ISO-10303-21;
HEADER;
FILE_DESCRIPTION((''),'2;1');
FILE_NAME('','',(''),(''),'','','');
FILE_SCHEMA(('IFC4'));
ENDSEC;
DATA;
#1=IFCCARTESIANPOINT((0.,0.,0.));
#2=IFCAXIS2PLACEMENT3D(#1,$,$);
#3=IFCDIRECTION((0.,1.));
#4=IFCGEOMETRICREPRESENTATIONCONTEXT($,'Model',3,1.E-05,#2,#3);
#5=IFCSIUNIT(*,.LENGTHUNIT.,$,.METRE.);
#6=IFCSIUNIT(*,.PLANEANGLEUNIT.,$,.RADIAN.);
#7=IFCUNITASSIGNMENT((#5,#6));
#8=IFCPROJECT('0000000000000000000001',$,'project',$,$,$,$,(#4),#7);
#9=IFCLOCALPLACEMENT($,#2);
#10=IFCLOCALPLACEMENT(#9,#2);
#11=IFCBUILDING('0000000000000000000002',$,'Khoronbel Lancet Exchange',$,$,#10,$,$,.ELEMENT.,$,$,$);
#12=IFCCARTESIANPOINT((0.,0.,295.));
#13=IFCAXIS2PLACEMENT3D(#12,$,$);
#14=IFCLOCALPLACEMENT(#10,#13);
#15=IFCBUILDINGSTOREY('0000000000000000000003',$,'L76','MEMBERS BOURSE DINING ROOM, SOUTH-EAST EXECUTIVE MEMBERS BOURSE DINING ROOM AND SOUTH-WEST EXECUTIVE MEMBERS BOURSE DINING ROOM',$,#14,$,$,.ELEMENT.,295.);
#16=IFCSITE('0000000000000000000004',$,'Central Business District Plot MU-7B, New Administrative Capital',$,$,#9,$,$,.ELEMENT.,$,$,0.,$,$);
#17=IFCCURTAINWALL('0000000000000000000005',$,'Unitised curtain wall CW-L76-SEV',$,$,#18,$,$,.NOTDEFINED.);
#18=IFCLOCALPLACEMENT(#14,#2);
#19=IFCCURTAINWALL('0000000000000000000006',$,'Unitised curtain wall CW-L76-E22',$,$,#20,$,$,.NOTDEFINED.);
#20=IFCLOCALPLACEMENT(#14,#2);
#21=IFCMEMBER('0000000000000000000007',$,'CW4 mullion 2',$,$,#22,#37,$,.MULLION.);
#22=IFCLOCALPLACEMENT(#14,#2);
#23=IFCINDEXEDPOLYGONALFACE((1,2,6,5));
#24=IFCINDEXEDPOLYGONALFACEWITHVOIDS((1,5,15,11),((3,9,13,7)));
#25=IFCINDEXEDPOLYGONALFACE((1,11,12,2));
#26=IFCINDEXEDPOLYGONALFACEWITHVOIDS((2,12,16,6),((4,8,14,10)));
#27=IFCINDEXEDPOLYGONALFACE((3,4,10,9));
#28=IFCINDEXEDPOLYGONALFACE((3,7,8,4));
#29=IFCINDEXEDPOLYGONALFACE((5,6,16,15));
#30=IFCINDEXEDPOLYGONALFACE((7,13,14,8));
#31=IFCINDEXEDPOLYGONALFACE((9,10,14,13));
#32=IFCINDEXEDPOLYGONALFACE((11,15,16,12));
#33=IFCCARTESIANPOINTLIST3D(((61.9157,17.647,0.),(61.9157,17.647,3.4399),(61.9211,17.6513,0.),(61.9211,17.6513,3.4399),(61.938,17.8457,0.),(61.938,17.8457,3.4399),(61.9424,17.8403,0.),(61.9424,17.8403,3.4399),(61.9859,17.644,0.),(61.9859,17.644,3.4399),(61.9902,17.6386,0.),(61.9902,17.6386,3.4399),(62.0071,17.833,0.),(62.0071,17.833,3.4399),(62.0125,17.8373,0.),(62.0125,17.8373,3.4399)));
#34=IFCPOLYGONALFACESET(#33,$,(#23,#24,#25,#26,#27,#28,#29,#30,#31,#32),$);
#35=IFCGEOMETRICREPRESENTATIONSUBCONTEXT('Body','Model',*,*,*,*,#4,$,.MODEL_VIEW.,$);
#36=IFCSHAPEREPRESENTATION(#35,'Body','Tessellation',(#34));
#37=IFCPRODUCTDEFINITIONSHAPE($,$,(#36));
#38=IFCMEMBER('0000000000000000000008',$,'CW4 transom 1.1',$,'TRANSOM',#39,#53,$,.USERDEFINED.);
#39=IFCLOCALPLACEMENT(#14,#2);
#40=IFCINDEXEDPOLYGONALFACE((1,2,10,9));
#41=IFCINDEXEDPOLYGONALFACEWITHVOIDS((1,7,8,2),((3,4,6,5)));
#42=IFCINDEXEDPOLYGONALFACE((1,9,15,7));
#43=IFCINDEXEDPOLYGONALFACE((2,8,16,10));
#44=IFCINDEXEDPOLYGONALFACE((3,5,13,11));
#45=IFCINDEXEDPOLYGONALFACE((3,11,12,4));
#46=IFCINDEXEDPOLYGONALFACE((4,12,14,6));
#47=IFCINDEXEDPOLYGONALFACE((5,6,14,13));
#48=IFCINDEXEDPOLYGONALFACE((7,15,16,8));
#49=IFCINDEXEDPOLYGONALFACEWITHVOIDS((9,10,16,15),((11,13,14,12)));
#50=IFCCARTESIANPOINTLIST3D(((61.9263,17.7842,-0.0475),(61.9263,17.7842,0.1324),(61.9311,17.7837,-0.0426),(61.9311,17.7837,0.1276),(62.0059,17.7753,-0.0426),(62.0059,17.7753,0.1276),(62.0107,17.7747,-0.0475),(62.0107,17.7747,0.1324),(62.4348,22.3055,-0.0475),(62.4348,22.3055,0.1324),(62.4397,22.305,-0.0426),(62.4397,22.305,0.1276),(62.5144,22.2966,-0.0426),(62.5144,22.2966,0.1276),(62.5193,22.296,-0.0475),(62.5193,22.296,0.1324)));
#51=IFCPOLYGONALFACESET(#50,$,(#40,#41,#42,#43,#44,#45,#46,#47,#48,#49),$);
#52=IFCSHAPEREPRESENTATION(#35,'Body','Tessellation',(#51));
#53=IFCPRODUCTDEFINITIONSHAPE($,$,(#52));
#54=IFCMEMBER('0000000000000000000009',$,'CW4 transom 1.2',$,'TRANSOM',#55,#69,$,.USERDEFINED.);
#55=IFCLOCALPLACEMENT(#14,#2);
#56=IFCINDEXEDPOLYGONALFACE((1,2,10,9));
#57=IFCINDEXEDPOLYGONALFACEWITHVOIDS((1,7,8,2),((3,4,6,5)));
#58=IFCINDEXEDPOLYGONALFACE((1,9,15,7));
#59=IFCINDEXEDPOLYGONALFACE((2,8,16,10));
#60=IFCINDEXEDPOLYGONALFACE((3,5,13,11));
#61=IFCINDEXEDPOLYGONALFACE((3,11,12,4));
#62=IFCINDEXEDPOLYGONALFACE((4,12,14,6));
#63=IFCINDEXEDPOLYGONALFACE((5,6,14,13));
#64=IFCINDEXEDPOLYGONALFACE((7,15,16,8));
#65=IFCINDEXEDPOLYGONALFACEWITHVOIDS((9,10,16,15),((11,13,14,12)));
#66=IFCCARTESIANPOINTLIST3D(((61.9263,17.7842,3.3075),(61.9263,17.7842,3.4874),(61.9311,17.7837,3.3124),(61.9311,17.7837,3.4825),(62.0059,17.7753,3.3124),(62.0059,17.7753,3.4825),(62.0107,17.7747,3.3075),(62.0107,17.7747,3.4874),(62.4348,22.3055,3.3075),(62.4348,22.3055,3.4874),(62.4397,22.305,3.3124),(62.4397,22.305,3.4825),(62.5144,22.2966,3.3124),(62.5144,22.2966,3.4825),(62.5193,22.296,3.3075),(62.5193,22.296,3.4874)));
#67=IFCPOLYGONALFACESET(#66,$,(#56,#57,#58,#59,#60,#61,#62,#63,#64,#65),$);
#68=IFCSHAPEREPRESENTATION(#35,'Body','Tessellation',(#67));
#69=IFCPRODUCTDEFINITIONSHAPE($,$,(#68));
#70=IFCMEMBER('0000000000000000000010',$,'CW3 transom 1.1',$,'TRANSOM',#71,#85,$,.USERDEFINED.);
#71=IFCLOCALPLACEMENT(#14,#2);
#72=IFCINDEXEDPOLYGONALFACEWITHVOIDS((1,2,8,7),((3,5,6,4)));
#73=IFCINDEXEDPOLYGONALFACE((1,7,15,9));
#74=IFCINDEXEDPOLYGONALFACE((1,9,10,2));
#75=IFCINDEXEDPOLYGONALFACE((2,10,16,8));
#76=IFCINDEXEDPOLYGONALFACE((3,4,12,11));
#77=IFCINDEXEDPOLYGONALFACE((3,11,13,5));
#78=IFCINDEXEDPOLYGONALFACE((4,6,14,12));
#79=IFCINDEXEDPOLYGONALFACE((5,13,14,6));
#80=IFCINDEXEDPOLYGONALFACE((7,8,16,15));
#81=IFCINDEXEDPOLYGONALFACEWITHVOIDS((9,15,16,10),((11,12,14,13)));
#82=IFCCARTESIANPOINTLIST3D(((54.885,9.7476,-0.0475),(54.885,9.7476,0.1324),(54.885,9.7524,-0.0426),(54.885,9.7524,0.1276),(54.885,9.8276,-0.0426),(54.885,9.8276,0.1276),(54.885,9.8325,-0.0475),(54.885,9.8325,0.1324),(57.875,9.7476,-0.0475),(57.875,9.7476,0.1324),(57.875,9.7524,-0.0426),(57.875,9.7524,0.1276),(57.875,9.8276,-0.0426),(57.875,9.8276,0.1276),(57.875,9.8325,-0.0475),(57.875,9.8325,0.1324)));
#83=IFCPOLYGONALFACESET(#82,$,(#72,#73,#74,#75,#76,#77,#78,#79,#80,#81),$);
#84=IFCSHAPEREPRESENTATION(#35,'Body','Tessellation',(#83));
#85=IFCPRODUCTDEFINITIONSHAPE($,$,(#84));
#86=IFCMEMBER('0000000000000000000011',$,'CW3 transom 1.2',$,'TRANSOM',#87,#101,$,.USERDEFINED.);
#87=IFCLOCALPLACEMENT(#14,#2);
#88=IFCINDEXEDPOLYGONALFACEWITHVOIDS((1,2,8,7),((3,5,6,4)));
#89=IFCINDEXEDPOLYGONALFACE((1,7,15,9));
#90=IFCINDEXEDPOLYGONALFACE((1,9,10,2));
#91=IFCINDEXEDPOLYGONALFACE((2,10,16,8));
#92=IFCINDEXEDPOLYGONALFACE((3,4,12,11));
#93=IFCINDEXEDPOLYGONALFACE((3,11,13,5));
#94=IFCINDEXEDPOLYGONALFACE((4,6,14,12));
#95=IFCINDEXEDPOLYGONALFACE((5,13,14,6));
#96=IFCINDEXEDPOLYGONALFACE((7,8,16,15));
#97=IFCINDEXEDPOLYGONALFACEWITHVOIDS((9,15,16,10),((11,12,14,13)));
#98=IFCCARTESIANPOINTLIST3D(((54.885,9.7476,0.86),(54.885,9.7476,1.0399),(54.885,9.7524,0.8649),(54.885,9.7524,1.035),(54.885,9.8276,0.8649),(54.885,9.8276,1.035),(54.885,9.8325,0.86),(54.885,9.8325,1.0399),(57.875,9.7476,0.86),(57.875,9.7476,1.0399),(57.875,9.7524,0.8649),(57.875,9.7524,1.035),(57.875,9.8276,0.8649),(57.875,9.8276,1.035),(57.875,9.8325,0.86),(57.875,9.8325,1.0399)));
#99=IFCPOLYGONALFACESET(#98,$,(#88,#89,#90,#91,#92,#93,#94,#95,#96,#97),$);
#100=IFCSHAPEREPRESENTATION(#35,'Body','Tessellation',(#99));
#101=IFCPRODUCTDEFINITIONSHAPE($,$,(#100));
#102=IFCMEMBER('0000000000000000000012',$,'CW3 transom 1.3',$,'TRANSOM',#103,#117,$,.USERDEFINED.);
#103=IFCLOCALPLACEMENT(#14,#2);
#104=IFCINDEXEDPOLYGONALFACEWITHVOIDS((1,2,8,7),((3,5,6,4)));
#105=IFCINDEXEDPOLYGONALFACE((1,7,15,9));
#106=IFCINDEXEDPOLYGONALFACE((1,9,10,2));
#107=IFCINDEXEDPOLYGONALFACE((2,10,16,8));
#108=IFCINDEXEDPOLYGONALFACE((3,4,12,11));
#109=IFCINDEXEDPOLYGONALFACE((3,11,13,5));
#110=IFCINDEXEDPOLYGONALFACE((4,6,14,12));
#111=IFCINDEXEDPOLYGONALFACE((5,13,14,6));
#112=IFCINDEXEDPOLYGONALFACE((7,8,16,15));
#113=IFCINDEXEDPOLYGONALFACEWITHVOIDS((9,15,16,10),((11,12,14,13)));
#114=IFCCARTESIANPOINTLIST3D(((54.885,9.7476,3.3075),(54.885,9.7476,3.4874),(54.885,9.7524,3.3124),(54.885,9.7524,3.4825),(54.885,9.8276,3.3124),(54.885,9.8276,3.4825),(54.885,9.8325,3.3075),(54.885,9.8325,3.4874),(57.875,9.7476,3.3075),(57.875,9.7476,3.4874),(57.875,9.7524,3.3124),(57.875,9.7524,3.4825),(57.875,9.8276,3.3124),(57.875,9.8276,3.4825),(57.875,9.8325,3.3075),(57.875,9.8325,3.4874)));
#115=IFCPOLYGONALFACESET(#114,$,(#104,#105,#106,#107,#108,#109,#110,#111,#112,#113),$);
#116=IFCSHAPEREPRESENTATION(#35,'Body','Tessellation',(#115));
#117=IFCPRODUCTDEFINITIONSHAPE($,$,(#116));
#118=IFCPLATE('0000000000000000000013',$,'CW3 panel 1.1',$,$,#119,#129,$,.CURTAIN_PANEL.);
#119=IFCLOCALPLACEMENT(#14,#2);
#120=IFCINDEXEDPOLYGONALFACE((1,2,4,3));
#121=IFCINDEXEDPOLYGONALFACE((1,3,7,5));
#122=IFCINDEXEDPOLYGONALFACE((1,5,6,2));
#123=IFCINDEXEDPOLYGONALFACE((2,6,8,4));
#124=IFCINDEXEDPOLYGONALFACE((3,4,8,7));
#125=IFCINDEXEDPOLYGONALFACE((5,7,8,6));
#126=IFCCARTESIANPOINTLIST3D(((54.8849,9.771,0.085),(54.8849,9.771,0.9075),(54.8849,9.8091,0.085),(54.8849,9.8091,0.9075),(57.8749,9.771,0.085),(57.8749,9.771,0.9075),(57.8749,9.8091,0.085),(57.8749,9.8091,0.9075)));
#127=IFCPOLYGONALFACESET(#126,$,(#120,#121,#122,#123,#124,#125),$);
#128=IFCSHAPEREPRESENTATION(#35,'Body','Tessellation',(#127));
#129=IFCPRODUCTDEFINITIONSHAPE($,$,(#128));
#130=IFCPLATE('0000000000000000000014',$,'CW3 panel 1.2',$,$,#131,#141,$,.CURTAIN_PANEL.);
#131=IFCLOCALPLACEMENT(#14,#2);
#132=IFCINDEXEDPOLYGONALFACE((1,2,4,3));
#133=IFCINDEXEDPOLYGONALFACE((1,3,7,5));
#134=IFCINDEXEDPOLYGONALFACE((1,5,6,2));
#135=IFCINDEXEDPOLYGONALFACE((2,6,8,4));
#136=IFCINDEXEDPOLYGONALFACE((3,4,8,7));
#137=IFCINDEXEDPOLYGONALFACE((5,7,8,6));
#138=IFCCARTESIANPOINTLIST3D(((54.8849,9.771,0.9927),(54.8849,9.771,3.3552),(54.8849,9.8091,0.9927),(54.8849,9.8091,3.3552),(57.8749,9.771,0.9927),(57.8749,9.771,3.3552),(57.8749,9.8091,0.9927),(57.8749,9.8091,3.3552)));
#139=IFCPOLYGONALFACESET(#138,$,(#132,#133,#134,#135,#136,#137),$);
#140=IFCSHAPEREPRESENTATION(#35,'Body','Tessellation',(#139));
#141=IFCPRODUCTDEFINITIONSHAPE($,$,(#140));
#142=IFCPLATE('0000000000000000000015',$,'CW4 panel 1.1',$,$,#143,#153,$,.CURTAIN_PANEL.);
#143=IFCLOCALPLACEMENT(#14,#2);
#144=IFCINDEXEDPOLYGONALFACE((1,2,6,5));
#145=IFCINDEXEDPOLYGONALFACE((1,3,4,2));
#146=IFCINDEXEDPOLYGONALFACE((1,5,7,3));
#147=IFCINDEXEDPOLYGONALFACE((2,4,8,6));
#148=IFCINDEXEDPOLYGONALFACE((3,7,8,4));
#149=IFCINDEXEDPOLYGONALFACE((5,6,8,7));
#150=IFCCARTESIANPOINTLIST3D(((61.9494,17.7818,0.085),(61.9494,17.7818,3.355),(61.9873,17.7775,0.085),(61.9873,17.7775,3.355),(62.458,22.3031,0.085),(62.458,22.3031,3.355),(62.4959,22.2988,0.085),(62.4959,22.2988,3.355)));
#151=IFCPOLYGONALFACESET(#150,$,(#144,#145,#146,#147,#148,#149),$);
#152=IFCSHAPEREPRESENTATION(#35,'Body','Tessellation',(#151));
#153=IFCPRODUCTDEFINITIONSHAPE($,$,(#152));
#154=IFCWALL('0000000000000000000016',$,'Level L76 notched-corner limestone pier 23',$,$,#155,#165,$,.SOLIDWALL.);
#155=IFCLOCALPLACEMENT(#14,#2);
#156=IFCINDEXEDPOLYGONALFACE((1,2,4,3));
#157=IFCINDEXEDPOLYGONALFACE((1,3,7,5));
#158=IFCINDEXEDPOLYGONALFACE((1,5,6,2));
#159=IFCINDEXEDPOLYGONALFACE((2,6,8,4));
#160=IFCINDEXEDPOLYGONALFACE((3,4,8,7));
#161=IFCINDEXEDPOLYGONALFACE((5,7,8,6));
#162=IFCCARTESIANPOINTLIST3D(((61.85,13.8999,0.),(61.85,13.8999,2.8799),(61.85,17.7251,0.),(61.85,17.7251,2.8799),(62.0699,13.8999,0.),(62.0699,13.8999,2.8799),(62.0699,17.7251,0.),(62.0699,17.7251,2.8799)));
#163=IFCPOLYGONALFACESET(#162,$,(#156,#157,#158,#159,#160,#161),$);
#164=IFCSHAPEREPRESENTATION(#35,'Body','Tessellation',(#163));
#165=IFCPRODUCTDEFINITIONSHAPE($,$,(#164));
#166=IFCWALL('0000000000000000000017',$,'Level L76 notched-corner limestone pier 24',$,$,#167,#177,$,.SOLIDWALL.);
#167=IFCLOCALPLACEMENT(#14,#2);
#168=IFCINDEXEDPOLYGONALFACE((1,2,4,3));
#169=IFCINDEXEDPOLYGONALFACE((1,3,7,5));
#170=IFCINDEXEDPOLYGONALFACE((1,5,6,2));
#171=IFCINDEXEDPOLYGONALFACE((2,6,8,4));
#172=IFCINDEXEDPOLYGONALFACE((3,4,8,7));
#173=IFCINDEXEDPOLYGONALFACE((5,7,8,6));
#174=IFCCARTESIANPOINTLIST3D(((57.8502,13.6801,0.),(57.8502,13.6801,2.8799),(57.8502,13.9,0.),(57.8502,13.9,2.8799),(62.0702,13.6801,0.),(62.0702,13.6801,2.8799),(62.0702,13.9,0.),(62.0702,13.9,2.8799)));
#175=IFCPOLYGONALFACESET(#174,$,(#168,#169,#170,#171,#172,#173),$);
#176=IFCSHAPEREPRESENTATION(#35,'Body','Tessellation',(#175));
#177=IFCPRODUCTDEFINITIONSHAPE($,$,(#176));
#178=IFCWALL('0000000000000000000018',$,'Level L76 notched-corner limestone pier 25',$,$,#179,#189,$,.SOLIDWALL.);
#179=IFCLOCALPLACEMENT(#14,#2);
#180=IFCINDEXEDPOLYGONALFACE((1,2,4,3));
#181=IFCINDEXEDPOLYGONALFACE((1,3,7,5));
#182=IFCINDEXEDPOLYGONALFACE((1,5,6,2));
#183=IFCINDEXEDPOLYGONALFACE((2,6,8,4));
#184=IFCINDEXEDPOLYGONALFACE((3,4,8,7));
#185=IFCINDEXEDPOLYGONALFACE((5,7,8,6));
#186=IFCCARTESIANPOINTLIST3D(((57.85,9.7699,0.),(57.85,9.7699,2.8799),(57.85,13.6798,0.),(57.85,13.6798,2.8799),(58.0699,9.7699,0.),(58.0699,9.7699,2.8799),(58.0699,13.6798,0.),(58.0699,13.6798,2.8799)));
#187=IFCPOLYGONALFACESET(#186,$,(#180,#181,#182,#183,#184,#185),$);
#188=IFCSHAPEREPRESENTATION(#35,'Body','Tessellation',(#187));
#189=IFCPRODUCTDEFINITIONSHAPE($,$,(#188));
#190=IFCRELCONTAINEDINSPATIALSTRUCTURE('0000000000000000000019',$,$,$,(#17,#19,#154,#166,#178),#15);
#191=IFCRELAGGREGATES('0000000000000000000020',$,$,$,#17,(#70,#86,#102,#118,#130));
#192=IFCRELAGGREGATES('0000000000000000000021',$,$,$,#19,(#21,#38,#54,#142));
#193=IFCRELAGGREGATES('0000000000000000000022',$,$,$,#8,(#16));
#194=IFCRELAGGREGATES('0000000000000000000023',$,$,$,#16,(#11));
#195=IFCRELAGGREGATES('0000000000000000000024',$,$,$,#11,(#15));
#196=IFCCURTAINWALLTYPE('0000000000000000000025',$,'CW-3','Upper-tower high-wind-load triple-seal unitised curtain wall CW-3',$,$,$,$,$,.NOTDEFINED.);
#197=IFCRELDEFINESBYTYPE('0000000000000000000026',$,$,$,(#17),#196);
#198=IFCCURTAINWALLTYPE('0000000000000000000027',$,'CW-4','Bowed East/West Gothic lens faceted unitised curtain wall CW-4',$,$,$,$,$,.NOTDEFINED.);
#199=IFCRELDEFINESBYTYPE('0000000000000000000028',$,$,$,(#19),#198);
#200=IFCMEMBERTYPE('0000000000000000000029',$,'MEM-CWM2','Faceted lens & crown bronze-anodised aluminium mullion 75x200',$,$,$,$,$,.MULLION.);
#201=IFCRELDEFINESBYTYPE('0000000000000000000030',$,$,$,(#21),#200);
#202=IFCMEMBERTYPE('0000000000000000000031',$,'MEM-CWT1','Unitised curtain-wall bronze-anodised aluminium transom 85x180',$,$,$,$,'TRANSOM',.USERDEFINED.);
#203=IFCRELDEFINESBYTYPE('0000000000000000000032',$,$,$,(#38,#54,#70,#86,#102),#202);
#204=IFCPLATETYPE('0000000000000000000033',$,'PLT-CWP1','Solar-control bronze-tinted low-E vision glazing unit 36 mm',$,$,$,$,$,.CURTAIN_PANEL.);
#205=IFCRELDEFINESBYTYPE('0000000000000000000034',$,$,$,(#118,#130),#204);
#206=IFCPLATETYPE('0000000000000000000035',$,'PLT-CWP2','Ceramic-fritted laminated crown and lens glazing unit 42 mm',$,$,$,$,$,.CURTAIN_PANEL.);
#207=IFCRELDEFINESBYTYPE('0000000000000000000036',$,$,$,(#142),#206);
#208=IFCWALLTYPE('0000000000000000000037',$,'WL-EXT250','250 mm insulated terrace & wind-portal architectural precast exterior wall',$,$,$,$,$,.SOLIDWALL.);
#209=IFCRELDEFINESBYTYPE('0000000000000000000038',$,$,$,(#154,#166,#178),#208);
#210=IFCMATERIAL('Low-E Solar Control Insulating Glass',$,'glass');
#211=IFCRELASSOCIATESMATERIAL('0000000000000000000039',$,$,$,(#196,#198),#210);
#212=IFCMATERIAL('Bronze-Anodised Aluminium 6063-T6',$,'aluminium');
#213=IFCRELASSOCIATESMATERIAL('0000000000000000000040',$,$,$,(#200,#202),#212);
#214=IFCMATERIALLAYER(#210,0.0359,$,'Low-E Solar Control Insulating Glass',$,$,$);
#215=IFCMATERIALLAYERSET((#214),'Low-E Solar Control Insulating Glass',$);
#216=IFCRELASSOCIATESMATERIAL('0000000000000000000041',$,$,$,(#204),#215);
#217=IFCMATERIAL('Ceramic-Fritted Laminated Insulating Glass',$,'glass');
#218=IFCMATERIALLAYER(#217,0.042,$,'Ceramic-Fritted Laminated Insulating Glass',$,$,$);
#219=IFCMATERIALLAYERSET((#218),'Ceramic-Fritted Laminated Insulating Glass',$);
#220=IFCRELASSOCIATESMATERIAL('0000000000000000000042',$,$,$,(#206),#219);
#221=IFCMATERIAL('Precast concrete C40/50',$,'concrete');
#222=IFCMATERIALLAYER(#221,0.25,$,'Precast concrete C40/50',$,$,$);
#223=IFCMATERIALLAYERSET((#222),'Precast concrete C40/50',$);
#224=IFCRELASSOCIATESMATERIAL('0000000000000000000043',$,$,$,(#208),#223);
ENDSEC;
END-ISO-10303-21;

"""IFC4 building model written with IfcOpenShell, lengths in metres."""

from ifc_helpers import new_model, si_unit, direction, frame, frame_2d, origin, origin_2d, place, context, subcontext, project, spatial, rectangle, hollow_rectangle, extrude, material, layer, layer_set, material_profile, profile_set, type_object, element, aggregate, save


model = new_model("IFC4")

# Units and contexts
model_context = context("Model", 3, precision=1e-05, world=origin(), true_north=direction((0.0, 1.0)))
body_context = subcontext(model_context, "Body", "Model", "MODEL_VIEW")
ifc_project = project(units=[si_unit("LENGTHUNIT", "METRE"), si_unit("PLANEANGLEUNIT", "RADIAN")], contexts=[model_context])

# Site, building, storey
site_placement = place(None, origin())
site = spatial("IfcSite", under=ifc_project, at=site_placement, Name="Central Business District Plot MU-7B, New Administrative Capital", CompositionType="ELEMENT", RefElevation=0.0)
building_placement = place(site_placement, origin())
building = spatial("IfcBuilding", under=site, at=building_placement, Name="Khoronbel Lancet Exchange", CompositionType="ELEMENT")
storey_placement = place(building_placement, frame((0.0, 0.0, 295.0)))
storey = spatial("IfcBuildingStorey", under=building, at=storey_placement, Name="L76", Description="MEMBERS BOURSE DINING ROOM, SOUTH-EAST EXECUTIVE MEMBERS BOURSE DINING ROOM AND SOUTH-WEST EXECUTIVE MEMBERS BOURSE DINING ROOM", CompositionType="ELEMENT", Elevation=295.0)

# Shared definitions
ifc_material_1 = material(Name="Low-E Solar Control Insulating Glass", Category="glass")
curtain_wall_type_1 = type_object("IfcCurtainWallType", Name="CW-3", Description="Upper-tower high-wind-load triple-seal unitised curtain wall CW-3", PredefinedType="NOTDEFINED", material=ifc_material_1)
ifc_material_2 = material(Name="Bronze-Anodised Aluminium 6063-T6", Category="aluminium")

# Curtain wall
curtain_wall_1_placement = place(storey_placement, origin())
curtain_wall_1 = element("IfcCurtainWall", 1, at=curtain_wall_1_placement, inside=storey, type_object=curtain_wall_type_1, Name="Unitised curtain wall CW-L76-SEV", PredefinedType="NOTDEFINED")

# Shared definitions
curtain_wall_type_2 = type_object("IfcCurtainWallType", Name="CW-4", Description="Bowed East/West Gothic lens faceted unitised curtain wall CW-4", PredefinedType="NOTDEFINED", material=ifc_material_1)
ifc_material_profile_1 = material_profile(ifc_material_2, hollow_rectangle(XDim=0.075, YDim=0.2, WallThickness=0.0049, at=origin_2d()), Name="ALU MULLION 75x200")
ifc_profile_set_1 = profile_set([ifc_material_profile_1], Name="Bronze-Anodised Aluminium 6063-T6")
member_type_1 = type_object("IfcMemberType", Name="MEM-CWM2", Description="Faceted lens & crown bronze-anodised aluminium mullion 75x200", PredefinedType="MULLION", material=ifc_profile_set_1)

# Curtain wall, members
curtain_wall_2_placement = place(storey_placement, origin())
curtain_wall_2 = element("IfcCurtainWall", 2, at=curtain_wall_2_placement, inside=storey, type_object=curtain_wall_type_2, Name="Unitised curtain wall CW-L76-E22", PredefinedType="NOTDEFINED")
member_1_placement = place(storey_placement, frame((61.9641, 17.7422, 0.0), z_axis=(0.0, 0.0, 1.0), x_axis=(0.993732, -0.111791, 0.0)))
member_1 = element("IfcMember", 3, at=member_1_placement, type_object=member_type_1, Name="CW4 mullion 2", PredefinedType="MULLION", context=body_context, shape_type="SweptSolid", body=[
    extrude(hollow_rectangle(XDim=0.075, YDim=0.2, WallThickness=0.0049, at=origin_2d()), origin(), (0.0, 0.0, 1.0), 3.4399),
])
ifc_material_profile_2 = material_profile(ifc_material_2, hollow_rectangle(XDim=0.085, YDim=0.1799, WallThickness=0.0049, at=origin_2d()), Name="ALU TRANSOM 85x180")
ifc_profile_set_2 = profile_set([ifc_material_profile_2], Name="Bronze-Anodised Aluminium 6063-T6")
member_type_2 = type_object("IfcMemberType", Name="MEM-CWT1", Description="Unitised curtain-wall bronze-anodised aluminium transom 85x180", ElementType="TRANSOM", PredefinedType="USERDEFINED", material=ifc_profile_set_2)
member_2_placement = place(storey_placement, frame((62.4771, 22.3008, 0.0425), z_axis=(-0.111774, -0.993734, 0.0), x_axis=(0.993734, -0.111774, 0.0)))
member_2 = element("IfcMember", 4, at=member_2_placement, type_object=member_type_2, Name="CW4 transom 1.1", ObjectType="TRANSOM", PredefinedType="USERDEFINED", context=body_context, shape_type="SweptSolid", body=[
    extrude(hollow_rectangle(XDim=0.085, YDim=0.1799, WallThickness=0.0049, at=origin_2d()), origin(), (0.0, 0.0, 1.0), 4.5498),
])
member_3_placement = place(storey_placement, frame((62.4771, 22.3008, 3.3975), z_axis=(-0.111774, -0.993734, 0.0), x_axis=(0.993734, -0.111774, 0.0)))
member_3 = element("IfcMember", 5, at=member_3_placement, type_object=member_type_2, Name="CW4 transom 1.2", ObjectType="TRANSOM", PredefinedType="USERDEFINED", context=body_context, shape_type="SweptSolid", body=[
    extrude(hollow_rectangle(XDim=0.085, YDim=0.1799, WallThickness=0.0049, at=origin_2d()), origin(), (0.0, 0.0, 1.0), 4.5498),
])

# Members
member_4_placement = place(storey_placement, frame((54.885, 9.79, 0.0425), z_axis=(1.0, 0.0, 0.0), x_axis=(0.0, 1.0, 0.0)))
member_4 = element("IfcMember", 6, at=member_4_placement, type_object=member_type_2, Name="CW3 transom 1.1", ObjectType="TRANSOM", PredefinedType="USERDEFINED", context=body_context, shape_type="SweptSolid", body=[
    extrude(hollow_rectangle(XDim=0.085, YDim=0.1799, WallThickness=0.0049, at=origin_2d()), origin(), (0.0, 0.0, 1.0), 2.99),
])
member_5_placement = place(storey_placement, frame((54.885, 9.79, 0.95), z_axis=(1.0, 0.0, 0.0), x_axis=(0.0, 1.0, 0.0)))
member_5 = element("IfcMember", 7, at=member_5_placement, type_object=member_type_2, Name="CW3 transom 1.2", ObjectType="TRANSOM", PredefinedType="USERDEFINED", context=body_context, shape_type="SweptSolid", body=[
    extrude(hollow_rectangle(XDim=0.085, YDim=0.1799, WallThickness=0.0049, at=origin_2d()), origin(), (0.0, 0.0, 1.0), 2.99),
])
member_6_placement = place(storey_placement, frame((54.885, 9.79, 3.3975), z_axis=(1.0, 0.0, 0.0), x_axis=(0.0, 1.0, 0.0)))
member_6 = element("IfcMember", 8, at=member_6_placement, type_object=member_type_2, Name="CW3 transom 1.3", ObjectType="TRANSOM", PredefinedType="USERDEFINED", context=body_context, shape_type="SweptSolid", body=[
    extrude(hollow_rectangle(XDim=0.085, YDim=0.1799, WallThickness=0.0049, at=origin_2d()), origin(), (0.0, 0.0, 1.0), 2.99),
])

# Plates
ifc_layer_1 = layer(ifc_material_1, 0.0359, Name="Low-E Solar Control Insulating Glass")
ifc_layer_set_1 = layer_set([ifc_layer_1], Name="Low-E Solar Control Insulating Glass")
plate_type_1 = type_object("IfcPlateType", Name="PLT-CWP1", Description="Solar-control bronze-tinted low-E vision glazing unit 36 mm", PredefinedType="CURTAIN_PANEL", material=ifc_layer_set_1)
plate_1_placement = place(storey_placement, frame((56.3799, 9.79, 0.085), z_axis=(0.0, 0.0, 1.0), x_axis=(1.0, 0.0, 0.0)))
plate_1 = element("IfcPlate", 9, at=plate_1_placement, type_object=plate_type_1, Name="CW3 panel 1.1", PredefinedType="CURTAIN_PANEL", context=body_context, shape_type="SweptSolid", body=[
    extrude(rectangle(XDim=2.99, YDim=0.0381, at=origin_2d()), origin(), (0.0, 0.0, 1.0), 0.8225),
])
plate_2_placement = place(storey_placement, frame((56.3799, 9.79, 0.9927), z_axis=(0.0, 0.0, 1.0), x_axis=(1.0, 0.0, 0.0)))
plate_2 = element("IfcPlate", 10, at=plate_2_placement, type_object=plate_type_1, Name="CW3 panel 1.2", PredefinedType="CURTAIN_PANEL", context=body_context, shape_type="SweptSolid", body=[
    extrude(rectangle(XDim=2.99, YDim=0.0381, at=origin_2d()), origin(), (0.0, 0.0, 1.0), 2.3625),
])
aggregate(curtain_wall_1, [member_4, member_5, member_6, plate_1, plate_2])
ifc_material_3 = material(Name="Ceramic-Fritted Laminated Insulating Glass", Category="glass")
ifc_layer_2 = layer(ifc_material_3, 0.042, Name="Ceramic-Fritted Laminated Insulating Glass")
ifc_layer_set_2 = layer_set([ifc_layer_2], Name="Ceramic-Fritted Laminated Insulating Glass")
plate_type_2 = type_object("IfcPlateType", Name="PLT-CWP2", Description="Ceramic-fritted laminated crown and lens glazing unit 42 mm", PredefinedType="CURTAIN_PANEL", material=ifc_layer_set_2)
plate_3_placement = place(storey_placement, frame((62.2227, 20.0403, 0.085), z_axis=(0.0, 0.0, 1.0), x_axis=(-0.111791, -0.993732, 0.0)))
plate_3 = element("IfcPlate", 11, at=plate_3_placement, type_object=plate_type_2, Name="CW4 panel 1.1", PredefinedType="CURTAIN_PANEL", context=body_context, shape_type="SweptSolid", body=[
    extrude(rectangle(XDim=4.5498, YDim=0.0381, at=origin_2d()), origin(), (0.0, 0.0, 1.0), 3.27),
])
aggregate(curtain_wall_2, [member_1, member_2, member_3, plate_3])

# Walls
ifc_material_4 = material(Name="Precast concrete C40/50", Category="concrete")
ifc_layer_3 = layer(ifc_material_4, 0.25, Name="Precast concrete C40/50")
ifc_layer_set_3 = layer_set([ifc_layer_3], Name="Precast concrete C40/50")
wall_type_1 = type_object("IfcWallType", Name="WL-EXT250", Description="250 mm insulated terrace & wind-portal architectural precast exterior wall", PredefinedType="SOLIDWALL", material=ifc_layer_set_3)
wall_1_placement = place(storey_placement, frame((61.96, 17.7251, 0.0), z_axis=(0.0, 0.0, 1.0), x_axis=(0.0, -1.0, 0.0)))
element("IfcWall", 12, at=wall_1_placement, inside=storey, type_object=wall_type_1, Name="Level L76 notched-corner limestone pier 23", PredefinedType="SOLIDWALL", context=body_context, shape_type="SweptSolid", body=[
    extrude(rectangle(XDim=3.8252, YDim=0.22, at=frame_2d((1.9126, 0.0))), origin(), (0.0, 0.0, 1.0), 2.8799),
])
wall_2_placement = place(storey_placement, frame((62.0701, 13.79, 0.0), z_axis=(0.0, 0.0, 1.0), x_axis=(-1.0, 0.0, 0.0)))
element("IfcWall", 13, at=wall_2_placement, inside=storey, type_object=wall_type_1, Name="Level L76 notched-corner limestone pier 24", PredefinedType="SOLIDWALL", context=body_context, shape_type="SweptSolid", body=[
    extrude(rectangle(XDim=4.22, YDim=0.22, at=frame_2d((2.1099, 0.0))), origin(), (0.0, 0.0, 1.0), 2.8799),
])
wall_3_placement = place(storey_placement, frame((57.96, 13.6799, 0.0), z_axis=(0.0, 0.0, 1.0), x_axis=(0.0, -1.0, 0.0)))
element("IfcWall", 14, at=wall_3_placement, inside=storey, type_object=wall_type_1, Name="Level L76 notched-corner limestone pier 25", PredefinedType="SOLIDWALL", context=body_context, shape_type="SweptSolid", body=[
    extrude(rectangle(XDim=3.9099, YDim=0.22, at=frame_2d((1.9551, 0.0))), origin(), (0.0, 0.0, 1.0), 2.8799),
])

save(model, "model.ifc")
